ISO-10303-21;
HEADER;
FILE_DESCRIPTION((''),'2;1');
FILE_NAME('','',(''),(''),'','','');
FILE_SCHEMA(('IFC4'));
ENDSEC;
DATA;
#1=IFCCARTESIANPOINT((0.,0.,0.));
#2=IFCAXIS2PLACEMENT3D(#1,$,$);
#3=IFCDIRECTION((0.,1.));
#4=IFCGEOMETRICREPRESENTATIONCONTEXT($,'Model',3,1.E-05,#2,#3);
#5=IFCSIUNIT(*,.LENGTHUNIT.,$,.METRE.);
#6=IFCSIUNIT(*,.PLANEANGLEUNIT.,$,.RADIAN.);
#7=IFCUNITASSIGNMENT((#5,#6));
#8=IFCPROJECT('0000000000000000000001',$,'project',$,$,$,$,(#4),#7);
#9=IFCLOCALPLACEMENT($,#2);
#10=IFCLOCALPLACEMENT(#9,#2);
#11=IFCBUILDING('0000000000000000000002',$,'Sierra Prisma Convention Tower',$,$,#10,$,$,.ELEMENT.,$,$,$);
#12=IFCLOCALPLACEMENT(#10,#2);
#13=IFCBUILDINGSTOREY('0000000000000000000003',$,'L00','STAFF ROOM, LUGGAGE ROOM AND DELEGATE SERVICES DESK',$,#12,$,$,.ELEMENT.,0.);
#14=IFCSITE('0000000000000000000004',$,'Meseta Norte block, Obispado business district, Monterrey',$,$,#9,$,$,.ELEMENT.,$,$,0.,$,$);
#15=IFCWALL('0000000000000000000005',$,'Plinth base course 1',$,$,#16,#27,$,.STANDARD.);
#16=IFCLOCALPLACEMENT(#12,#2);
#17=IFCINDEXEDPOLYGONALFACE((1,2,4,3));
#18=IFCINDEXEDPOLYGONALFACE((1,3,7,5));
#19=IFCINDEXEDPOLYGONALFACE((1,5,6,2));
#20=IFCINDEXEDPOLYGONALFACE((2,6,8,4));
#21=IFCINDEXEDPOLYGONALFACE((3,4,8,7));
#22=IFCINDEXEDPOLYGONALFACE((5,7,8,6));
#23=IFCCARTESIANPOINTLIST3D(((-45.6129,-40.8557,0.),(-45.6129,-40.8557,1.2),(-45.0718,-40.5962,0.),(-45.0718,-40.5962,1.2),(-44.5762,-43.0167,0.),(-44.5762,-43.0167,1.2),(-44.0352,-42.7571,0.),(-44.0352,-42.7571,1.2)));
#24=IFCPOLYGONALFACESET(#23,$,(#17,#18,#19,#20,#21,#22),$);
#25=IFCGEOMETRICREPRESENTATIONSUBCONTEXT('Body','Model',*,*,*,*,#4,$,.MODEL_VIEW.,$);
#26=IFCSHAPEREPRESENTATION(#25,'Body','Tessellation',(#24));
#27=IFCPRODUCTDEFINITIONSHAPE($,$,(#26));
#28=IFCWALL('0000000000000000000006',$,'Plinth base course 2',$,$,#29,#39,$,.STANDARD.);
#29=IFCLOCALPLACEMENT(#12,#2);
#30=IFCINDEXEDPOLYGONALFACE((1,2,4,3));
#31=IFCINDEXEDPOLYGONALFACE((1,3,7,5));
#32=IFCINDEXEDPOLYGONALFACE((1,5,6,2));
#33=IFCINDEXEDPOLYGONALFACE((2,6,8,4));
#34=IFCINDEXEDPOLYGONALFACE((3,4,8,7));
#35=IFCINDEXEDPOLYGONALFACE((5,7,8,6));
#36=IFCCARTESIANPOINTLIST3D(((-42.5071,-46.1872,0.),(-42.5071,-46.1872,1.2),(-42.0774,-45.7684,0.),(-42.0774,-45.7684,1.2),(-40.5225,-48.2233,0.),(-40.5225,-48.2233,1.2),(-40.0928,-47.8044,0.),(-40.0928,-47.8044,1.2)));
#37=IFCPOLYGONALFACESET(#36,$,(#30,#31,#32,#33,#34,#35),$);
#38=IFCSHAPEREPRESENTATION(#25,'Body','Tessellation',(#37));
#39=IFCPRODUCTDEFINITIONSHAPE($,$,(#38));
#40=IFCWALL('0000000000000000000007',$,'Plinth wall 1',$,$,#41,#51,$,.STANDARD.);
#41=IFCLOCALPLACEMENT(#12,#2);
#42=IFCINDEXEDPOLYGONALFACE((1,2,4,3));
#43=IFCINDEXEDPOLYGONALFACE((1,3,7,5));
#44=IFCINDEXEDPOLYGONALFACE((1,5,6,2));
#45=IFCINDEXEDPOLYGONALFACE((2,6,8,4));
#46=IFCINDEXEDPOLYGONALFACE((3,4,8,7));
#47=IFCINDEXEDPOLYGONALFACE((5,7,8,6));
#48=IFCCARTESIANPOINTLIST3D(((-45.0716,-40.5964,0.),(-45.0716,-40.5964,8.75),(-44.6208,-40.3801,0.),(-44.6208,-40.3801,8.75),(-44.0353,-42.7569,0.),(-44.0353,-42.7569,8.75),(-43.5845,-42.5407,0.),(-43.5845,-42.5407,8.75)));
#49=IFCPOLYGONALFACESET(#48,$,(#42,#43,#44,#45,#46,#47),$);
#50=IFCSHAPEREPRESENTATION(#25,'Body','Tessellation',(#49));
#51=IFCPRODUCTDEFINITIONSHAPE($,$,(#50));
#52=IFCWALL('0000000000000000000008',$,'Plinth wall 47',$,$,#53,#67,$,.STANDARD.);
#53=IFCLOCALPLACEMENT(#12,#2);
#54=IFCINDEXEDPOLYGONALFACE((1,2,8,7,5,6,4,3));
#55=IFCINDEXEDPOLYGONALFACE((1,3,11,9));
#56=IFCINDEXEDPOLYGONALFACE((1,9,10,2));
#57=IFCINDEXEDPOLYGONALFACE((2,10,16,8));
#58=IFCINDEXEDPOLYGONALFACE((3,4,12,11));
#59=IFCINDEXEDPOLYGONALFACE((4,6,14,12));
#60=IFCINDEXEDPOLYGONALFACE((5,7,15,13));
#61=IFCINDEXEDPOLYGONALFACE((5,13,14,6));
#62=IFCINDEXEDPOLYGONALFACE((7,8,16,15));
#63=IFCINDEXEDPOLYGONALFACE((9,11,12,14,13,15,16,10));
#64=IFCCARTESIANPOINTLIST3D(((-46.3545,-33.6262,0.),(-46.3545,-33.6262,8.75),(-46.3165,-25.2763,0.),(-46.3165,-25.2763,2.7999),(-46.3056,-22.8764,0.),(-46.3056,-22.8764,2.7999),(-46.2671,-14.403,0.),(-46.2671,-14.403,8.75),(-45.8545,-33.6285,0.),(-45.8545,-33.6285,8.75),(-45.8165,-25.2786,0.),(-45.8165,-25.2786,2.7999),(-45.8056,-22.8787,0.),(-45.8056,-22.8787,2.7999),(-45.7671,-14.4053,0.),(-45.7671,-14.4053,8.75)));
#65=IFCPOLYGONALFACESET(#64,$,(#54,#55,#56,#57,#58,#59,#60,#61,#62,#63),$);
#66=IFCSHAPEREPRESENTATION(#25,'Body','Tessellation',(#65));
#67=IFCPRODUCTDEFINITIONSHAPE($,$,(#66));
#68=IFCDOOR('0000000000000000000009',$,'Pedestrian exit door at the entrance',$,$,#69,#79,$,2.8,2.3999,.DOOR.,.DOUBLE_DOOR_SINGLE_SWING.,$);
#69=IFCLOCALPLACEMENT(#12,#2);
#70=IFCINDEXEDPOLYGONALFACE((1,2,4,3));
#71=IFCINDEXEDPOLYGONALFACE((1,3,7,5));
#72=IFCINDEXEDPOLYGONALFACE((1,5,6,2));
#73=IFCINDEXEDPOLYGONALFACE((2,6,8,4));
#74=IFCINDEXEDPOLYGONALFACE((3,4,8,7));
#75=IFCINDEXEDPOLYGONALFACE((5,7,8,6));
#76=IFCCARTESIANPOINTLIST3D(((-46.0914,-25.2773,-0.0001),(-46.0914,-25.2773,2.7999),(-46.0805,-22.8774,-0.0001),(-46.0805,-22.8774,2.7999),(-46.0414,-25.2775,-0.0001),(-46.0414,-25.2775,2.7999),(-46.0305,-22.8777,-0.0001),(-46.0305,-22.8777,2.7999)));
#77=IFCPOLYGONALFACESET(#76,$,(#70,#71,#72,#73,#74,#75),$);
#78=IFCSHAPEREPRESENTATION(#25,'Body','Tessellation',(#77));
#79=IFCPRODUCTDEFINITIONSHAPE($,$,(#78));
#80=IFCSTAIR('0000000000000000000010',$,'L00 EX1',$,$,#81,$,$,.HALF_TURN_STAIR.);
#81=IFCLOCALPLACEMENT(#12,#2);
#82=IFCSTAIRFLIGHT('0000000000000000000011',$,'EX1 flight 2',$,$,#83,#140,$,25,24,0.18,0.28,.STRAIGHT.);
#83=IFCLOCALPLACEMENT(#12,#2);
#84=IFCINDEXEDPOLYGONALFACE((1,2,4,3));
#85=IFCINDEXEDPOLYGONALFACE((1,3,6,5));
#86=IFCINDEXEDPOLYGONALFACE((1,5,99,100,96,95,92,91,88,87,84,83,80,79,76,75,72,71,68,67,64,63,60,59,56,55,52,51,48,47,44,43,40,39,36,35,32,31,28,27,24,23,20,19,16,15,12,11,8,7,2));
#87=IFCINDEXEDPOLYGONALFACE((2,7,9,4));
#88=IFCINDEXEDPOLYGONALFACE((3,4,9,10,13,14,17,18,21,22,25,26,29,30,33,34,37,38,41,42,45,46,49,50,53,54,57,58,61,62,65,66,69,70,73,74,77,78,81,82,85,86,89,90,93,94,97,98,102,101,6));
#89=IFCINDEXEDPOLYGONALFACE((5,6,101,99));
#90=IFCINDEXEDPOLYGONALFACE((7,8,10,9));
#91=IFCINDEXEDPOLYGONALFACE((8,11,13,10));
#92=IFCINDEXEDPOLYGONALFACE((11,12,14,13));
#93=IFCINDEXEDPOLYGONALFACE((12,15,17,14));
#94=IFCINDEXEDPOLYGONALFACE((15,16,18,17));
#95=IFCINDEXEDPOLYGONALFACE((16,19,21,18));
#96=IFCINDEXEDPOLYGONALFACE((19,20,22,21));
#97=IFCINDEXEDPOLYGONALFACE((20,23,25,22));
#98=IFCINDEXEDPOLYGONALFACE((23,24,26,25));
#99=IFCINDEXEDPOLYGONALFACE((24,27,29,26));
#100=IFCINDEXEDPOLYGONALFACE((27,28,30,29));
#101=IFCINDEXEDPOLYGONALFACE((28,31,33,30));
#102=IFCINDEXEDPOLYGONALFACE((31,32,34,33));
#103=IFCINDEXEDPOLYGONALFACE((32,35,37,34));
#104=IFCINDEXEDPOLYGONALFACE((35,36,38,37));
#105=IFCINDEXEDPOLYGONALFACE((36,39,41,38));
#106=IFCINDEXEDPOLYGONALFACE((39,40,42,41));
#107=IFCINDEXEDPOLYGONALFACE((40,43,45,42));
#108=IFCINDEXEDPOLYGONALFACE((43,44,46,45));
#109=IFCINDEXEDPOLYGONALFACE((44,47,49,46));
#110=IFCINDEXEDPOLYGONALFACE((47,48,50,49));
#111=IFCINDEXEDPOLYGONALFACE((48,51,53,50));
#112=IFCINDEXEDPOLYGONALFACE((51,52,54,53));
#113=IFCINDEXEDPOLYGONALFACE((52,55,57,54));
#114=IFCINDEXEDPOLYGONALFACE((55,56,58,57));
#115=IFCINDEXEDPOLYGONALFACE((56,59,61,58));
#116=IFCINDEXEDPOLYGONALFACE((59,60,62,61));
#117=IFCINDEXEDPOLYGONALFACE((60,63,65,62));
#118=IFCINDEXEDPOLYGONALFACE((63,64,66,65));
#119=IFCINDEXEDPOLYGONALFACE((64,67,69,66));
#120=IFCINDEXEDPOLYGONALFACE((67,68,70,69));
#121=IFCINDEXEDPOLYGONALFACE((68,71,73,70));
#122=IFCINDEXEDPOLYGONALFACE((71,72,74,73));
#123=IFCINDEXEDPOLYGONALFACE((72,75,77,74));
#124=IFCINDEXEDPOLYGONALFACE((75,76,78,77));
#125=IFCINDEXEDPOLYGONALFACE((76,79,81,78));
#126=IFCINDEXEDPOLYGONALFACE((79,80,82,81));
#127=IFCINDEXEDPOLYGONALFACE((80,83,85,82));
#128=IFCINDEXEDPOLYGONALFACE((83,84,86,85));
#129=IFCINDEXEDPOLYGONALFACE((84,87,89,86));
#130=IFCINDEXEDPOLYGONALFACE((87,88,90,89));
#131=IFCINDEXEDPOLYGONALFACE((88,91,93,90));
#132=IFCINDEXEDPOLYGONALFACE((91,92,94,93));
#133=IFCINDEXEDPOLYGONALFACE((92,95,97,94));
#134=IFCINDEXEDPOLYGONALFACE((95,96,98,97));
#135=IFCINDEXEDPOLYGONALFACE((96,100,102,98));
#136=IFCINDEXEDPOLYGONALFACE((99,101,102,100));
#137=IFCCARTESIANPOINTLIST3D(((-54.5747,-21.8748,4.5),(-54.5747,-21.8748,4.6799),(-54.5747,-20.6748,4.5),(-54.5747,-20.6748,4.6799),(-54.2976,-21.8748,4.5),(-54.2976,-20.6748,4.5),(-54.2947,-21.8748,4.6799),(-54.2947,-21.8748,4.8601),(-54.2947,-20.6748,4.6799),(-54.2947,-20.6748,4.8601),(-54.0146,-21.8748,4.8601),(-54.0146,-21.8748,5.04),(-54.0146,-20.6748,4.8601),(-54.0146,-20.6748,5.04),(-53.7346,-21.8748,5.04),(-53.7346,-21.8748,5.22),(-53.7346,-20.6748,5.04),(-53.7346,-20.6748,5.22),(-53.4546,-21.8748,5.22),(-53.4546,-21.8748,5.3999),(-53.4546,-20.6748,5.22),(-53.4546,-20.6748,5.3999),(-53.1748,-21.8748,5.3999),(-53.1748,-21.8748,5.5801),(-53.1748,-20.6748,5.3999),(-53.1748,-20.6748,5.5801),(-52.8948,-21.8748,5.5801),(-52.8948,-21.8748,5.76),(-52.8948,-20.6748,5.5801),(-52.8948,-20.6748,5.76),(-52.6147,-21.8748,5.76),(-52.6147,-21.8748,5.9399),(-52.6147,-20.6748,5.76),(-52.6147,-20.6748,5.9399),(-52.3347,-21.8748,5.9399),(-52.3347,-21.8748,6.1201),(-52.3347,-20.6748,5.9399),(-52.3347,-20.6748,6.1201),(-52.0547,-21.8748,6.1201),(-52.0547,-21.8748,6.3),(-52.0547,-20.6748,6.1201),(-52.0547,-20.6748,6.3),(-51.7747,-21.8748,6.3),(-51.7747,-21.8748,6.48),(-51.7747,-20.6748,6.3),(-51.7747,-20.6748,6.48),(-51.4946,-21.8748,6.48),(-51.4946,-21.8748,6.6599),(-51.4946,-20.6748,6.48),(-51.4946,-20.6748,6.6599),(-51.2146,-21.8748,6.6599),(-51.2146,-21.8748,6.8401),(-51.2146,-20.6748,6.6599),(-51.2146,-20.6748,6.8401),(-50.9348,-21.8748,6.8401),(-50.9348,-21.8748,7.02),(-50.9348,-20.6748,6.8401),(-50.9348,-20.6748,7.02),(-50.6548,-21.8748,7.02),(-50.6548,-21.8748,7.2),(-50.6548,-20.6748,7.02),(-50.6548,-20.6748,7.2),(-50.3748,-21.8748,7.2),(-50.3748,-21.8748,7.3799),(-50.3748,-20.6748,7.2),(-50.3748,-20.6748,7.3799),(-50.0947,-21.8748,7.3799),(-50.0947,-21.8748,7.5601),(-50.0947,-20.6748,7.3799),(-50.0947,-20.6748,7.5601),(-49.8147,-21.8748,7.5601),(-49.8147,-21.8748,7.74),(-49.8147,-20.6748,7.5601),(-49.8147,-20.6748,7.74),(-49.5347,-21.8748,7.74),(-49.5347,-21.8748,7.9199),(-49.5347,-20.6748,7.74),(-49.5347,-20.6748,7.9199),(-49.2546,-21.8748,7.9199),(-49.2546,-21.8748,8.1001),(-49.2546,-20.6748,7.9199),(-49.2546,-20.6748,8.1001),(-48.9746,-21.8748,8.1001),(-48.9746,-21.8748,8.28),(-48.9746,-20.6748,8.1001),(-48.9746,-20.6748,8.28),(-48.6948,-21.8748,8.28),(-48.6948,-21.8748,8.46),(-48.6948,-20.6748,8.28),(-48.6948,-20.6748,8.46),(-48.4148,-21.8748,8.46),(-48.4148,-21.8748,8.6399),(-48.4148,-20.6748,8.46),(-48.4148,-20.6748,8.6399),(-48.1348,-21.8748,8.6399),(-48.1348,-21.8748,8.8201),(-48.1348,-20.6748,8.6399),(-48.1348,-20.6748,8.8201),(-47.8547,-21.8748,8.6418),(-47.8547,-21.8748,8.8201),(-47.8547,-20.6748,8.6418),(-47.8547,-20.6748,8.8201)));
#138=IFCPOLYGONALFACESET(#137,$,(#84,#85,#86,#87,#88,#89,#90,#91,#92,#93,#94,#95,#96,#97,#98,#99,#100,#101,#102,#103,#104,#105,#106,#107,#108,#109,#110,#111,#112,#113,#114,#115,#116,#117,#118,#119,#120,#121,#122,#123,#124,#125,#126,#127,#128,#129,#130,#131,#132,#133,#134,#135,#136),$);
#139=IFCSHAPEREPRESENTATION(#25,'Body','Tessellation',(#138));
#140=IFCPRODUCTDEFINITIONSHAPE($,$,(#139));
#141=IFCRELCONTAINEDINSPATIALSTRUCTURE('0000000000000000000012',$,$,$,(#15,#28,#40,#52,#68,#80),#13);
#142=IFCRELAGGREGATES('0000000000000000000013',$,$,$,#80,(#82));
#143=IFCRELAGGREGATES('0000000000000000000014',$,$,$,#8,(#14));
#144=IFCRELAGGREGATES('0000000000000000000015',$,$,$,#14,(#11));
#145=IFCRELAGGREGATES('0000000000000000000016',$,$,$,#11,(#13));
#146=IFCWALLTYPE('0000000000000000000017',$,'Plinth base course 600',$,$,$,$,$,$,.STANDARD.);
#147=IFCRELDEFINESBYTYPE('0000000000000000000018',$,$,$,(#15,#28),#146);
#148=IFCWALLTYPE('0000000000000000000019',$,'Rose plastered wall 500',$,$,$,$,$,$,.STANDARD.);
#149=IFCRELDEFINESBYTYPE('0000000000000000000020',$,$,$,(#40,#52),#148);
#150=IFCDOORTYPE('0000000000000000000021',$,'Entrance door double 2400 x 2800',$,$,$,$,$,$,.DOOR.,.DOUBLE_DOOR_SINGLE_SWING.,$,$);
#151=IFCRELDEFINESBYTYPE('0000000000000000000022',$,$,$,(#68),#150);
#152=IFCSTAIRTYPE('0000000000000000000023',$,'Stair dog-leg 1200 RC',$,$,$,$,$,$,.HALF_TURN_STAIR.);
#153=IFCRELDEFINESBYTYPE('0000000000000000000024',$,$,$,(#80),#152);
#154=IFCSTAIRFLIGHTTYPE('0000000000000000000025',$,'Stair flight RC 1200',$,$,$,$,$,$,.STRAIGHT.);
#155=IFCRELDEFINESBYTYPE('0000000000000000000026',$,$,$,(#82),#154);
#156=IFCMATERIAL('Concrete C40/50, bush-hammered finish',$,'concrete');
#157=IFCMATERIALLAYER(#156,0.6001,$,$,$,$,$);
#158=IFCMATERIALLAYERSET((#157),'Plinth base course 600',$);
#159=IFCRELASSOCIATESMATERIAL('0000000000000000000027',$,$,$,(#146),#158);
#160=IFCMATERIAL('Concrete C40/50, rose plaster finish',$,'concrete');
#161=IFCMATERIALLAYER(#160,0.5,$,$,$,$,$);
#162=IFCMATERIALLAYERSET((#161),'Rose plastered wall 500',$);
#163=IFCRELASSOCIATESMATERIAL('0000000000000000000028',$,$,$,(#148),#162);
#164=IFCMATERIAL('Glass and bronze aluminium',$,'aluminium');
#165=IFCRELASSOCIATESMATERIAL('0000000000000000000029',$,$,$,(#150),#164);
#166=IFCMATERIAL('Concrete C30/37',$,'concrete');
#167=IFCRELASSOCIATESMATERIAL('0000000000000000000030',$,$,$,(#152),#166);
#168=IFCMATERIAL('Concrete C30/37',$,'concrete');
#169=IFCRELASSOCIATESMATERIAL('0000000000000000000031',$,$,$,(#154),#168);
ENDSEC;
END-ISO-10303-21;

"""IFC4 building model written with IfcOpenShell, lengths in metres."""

from ifc_helpers import new_model, si_unit, direction, frame, frame_2d, origin, place, context, subcontext, project, spatial, polyline, rectangle, outline, extrude, material, layer, layer_set, type_object, element, fill, aggregate, save


model = new_model("IFC4")

# Units and contexts
model_context = context("Model", 3, precision=1e-05, world=origin(), true_north=direction((0.0, 1.0)))
body_context = subcontext(model_context, "Body", "Model", "MODEL_VIEW")
ifc_project = project(units=[si_unit("LENGTHUNIT", "METRE"), si_unit("PLANEANGLEUNIT", "RADIAN")], contexts=[model_context])

# Site, building, storey
site_placement = place(None, origin())
site = spatial("IfcSite", under=ifc_project, at=site_placement, Name="Meseta Norte block, Obispado business district, Monterrey", CompositionType="ELEMENT", RefElevation=0.0)
building_placement = place(site_placement, origin())
building = spatial("IfcBuilding", under=site, at=building_placement, Name="Sierra Prisma Convention Tower", CompositionType="ELEMENT")
storey_placement = place(building_placement, origin())
storey = spatial("IfcBuildingStorey", under=building, at=storey_placement, Name="L00", Description="STAFF ROOM, LUGGAGE ROOM AND DELEGATE SERVICES DESK", CompositionType="ELEMENT", Elevation=0.0)

# Walls
ifc_material_1 = material(Name="Concrete C40/50, bush-hammered finish", Category="concrete")
ifc_layer_1 = layer(ifc_material_1, 0.6001)
ifc_layer_set_1 = layer_set([ifc_layer_1], Name="Plinth base course 600")
wall_type_1 = type_object("IfcWallType", Name="Plinth base course 600", PredefinedType="STANDARD", material=ifc_layer_set_1)
wall_1_placement = place(storey_placement, frame((-45.3423, -40.7261, 0.0), z_axis=(0.0, 0.0, 1.0), x_axis=(0.432526, -0.901622, 0.0)))
element("IfcWall", 1, at=wall_1_placement, inside=storey, type_object=wall_type_1, Name="Plinth base course 1", PredefinedType="STANDARD", context=body_context, shape_type="SweptSolid", body=[
    extrude(rectangle(XDim=2.3967, YDim=0.6001, at=frame_2d((1.1982, 0.0))), origin(), (0.0, 0.0, 1.0), 1.2),
])
wall_2_placement = place(storey_placement, frame((-42.2922, -45.9778, 0.0), z_axis=(0.0, 0.0, 1.0), x_axis=(0.69799, -0.716107, 0.0)))
element("IfcWall", 2, at=wall_2_placement, inside=storey, type_object=wall_type_1, Name="Plinth base course 2", PredefinedType="STANDARD", context=body_context, shape_type="SweptSolid", body=[
    extrude(rectangle(XDim=2.8433, YDim=0.6001, at=frame_2d((1.4216, 0.0))), origin(), (0.0, 0.0, 1.0), 1.2),
])
ifc_material_2 = material(Name="Concrete C40/50, rose plaster finish", Category="concrete")
ifc_layer_2 = layer(ifc_material_2, 0.5)
ifc_layer_set_2 = layer_set([ifc_layer_2], Name="Rose plastered wall 500")
wall_type_2 = type_object("IfcWallType", Name="Rose plastered wall 500", PredefinedType="STANDARD", material=ifc_layer_set_2)
wall_3_placement = place(storey_placement, frame((-43.8098, -42.6489, 0.0), z_axis=(0.0, 0.0, 1.0), x_axis=(-0.432483, 0.901642, 0.0)))
element("IfcWall", 3, at=wall_3_placement, inside=storey, type_object=wall_type_2, Name="Plinth wall 1", PredefinedType="STANDARD", context=body_context, shape_type="SweptSolid", body=[
    extrude(rectangle(XDim=2.3962, YDim=0.5, at=frame_2d((1.1982, 0.0))), origin(), (0.0, 0.0, 1.0), 8.75),
])

# Wall, opening, door
wall_4_placement = place(storey_placement, frame((-46.1045, -33.6274, 0.0), z_axis=(0.0, 0.0, 1.0), x_axis=(0.004547, 0.99999, 0.0)))
wall_4 = element("IfcWall", 4, at=wall_4_placement, inside=storey, type_object=wall_type_2, Name="Plinth wall 47", PredefinedType="STANDARD", context=body_context, shape_type="SweptSolid", body=[
    extrude(rectangle(XDim=19.2234, YDim=0.5, at=frame_2d((9.6118, 0.0))), origin(), (0.0, 0.0, 1.0), 8.75),
])
opening_1_placement = place(wall_4_placement, frame((8.3501, 0.0, 0.0)))
opening_1 = element("IfcOpeningElement", 5, at=opening_1_placement, cuts=wall_4, PredefinedType="OPENING", context=body_context, shape_type="SweptSolid", body=[
    extrude(rectangle(XDim=2.3999, YDim=2.8, at=frame_2d((1.2, 1.3999))), frame((0.0, 0.25, 0.0), z_axis=(0.0, -1.0, 0.0), x_axis=(1.0, 0.0, 0.0)), (0.0, 0.0, 1.0), 0.5),
])
ifc_material_3 = material(Name="Glass and bronze aluminium", Category="aluminium")
door_type_1 = type_object("IfcDoorType", Name="Entrance door double 2400 x 2800", OperationType="DOUBLE_DOOR_SINGLE_SWING", PredefinedType="DOOR", material=ifc_material_3)
door_1_placement = place(opening_1_placement, origin())
door_1 = element("IfcDoor", 6, at=door_1_placement, inside=storey, type_object=door_type_1, Name="Pedestrian exit door at the entrance", OperationType="DOUBLE_DOOR_SINGLE_SWING", OverallHeight=2.8, OverallWidth=2.3999, PredefinedType="DOOR", context=body_context, shape_type="SweptSolid", body=[
    extrude(rectangle(XDim=2.3999, YDim=2.8, at=frame_2d((1.2, 1.3999))), frame((0.0, 0.0249, 0.0), z_axis=(0.0, -1.0, 0.0), x_axis=(1.0, 0.0, 0.0)), (0.0, 0.0, 1.0), 0.05),
])
fill(opening_1, door_1)

# Stair, stair flight
ifc_material_4 = material(Name="Concrete C30/37", Category="concrete")
stair_type = type_object("IfcStairType", Name="Stair dog-leg 1200 RC", PredefinedType="HALF_TURN_STAIR", material=ifc_material_4)
stair_placement = place(storey_placement, origin())
stair = element("IfcStair", 7, at=stair_placement, inside=storey, type_object=stair_type, Name="L00 EX1", PredefinedType="HALF_TURN_STAIR")
ifc_material_5 = material(Name="Concrete C30/37", Category="concrete")
stair_flight_type = type_object("IfcStairFlightType", Name="Stair flight RC 1200", PredefinedType="STRAIGHT", material=ifc_material_5)
stair_flight_placement = place(storey_placement, frame((-54.5747, -21.2749, 4.5), z_axis=(0.0, 0.0, 1.0), x_axis=(1.0, 0.0, 0.0)))
stair_flight = element("IfcStairFlight", 8, at=stair_flight_placement, type_object=stair_flight_type, Name="EX1 flight 2", NumberOfRisers=25, NumberOfTreads=24, PredefinedType="STRAIGHT", RiserHeight=0.18, TreadLength=0.28, context=body_context, shape_type="SweptSolid", body=[
    extrude(outline(polyline([(0.0, 0.0), (0.0, 0.1799), (0.28, 0.1799), (0.28, 0.3601), (0.5601, 0.3601), (0.5601, 0.54), (0.8401, 0.54), (0.8401, 0.72), (1.1201, 0.72), (1.1201, 0.8999), (1.3999, 0.8999), (1.3999, 1.0801), (1.6799, 1.0801), (1.6799, 1.26), (1.96, 1.26), (1.96, 1.4399), (2.24, 1.4399), (2.24, 1.6201), (2.52, 1.6201), (2.52, 1.8), (2.8, 1.8), (2.8, 1.98), (3.0801, 1.98), (3.0801, 2.1599), (3.3601, 2.1599), (3.3601, 2.3401), (3.6399, 2.3401), (3.6399, 2.52), (3.9199, 2.52), (3.9199, 2.7), (4.2, 2.7), (4.2, 2.8799), (4.48, 2.8799), (4.48, 3.0601), (4.76, 3.0601), (4.76, 3.24), (5.04, 3.24), (5.04, 3.4199), (5.3201, 3.4199), (5.3201, 3.6001), (5.6001, 3.6001), (5.6001, 3.78), (5.8799, 3.78), (5.8799, 3.96), (6.1599, 3.96), (6.1599, 4.1399), (6.4399, 4.1399), (6.4399, 4.3201), (6.72, 4.3201), (6.72, 4.5), (6.72, 4.1418), (0.2771, 0.0), (0.0, 0.0)])), frame((0.0, 0.6001, 0.0), z_axis=(0.0, -1.0, 0.0), x_axis=(1.0, 0.0, 0.0)), (0.0, 0.0, 1.0), 1.2),
])
aggregate(stair, [stair_flight])

save(model, "model.ifc")
